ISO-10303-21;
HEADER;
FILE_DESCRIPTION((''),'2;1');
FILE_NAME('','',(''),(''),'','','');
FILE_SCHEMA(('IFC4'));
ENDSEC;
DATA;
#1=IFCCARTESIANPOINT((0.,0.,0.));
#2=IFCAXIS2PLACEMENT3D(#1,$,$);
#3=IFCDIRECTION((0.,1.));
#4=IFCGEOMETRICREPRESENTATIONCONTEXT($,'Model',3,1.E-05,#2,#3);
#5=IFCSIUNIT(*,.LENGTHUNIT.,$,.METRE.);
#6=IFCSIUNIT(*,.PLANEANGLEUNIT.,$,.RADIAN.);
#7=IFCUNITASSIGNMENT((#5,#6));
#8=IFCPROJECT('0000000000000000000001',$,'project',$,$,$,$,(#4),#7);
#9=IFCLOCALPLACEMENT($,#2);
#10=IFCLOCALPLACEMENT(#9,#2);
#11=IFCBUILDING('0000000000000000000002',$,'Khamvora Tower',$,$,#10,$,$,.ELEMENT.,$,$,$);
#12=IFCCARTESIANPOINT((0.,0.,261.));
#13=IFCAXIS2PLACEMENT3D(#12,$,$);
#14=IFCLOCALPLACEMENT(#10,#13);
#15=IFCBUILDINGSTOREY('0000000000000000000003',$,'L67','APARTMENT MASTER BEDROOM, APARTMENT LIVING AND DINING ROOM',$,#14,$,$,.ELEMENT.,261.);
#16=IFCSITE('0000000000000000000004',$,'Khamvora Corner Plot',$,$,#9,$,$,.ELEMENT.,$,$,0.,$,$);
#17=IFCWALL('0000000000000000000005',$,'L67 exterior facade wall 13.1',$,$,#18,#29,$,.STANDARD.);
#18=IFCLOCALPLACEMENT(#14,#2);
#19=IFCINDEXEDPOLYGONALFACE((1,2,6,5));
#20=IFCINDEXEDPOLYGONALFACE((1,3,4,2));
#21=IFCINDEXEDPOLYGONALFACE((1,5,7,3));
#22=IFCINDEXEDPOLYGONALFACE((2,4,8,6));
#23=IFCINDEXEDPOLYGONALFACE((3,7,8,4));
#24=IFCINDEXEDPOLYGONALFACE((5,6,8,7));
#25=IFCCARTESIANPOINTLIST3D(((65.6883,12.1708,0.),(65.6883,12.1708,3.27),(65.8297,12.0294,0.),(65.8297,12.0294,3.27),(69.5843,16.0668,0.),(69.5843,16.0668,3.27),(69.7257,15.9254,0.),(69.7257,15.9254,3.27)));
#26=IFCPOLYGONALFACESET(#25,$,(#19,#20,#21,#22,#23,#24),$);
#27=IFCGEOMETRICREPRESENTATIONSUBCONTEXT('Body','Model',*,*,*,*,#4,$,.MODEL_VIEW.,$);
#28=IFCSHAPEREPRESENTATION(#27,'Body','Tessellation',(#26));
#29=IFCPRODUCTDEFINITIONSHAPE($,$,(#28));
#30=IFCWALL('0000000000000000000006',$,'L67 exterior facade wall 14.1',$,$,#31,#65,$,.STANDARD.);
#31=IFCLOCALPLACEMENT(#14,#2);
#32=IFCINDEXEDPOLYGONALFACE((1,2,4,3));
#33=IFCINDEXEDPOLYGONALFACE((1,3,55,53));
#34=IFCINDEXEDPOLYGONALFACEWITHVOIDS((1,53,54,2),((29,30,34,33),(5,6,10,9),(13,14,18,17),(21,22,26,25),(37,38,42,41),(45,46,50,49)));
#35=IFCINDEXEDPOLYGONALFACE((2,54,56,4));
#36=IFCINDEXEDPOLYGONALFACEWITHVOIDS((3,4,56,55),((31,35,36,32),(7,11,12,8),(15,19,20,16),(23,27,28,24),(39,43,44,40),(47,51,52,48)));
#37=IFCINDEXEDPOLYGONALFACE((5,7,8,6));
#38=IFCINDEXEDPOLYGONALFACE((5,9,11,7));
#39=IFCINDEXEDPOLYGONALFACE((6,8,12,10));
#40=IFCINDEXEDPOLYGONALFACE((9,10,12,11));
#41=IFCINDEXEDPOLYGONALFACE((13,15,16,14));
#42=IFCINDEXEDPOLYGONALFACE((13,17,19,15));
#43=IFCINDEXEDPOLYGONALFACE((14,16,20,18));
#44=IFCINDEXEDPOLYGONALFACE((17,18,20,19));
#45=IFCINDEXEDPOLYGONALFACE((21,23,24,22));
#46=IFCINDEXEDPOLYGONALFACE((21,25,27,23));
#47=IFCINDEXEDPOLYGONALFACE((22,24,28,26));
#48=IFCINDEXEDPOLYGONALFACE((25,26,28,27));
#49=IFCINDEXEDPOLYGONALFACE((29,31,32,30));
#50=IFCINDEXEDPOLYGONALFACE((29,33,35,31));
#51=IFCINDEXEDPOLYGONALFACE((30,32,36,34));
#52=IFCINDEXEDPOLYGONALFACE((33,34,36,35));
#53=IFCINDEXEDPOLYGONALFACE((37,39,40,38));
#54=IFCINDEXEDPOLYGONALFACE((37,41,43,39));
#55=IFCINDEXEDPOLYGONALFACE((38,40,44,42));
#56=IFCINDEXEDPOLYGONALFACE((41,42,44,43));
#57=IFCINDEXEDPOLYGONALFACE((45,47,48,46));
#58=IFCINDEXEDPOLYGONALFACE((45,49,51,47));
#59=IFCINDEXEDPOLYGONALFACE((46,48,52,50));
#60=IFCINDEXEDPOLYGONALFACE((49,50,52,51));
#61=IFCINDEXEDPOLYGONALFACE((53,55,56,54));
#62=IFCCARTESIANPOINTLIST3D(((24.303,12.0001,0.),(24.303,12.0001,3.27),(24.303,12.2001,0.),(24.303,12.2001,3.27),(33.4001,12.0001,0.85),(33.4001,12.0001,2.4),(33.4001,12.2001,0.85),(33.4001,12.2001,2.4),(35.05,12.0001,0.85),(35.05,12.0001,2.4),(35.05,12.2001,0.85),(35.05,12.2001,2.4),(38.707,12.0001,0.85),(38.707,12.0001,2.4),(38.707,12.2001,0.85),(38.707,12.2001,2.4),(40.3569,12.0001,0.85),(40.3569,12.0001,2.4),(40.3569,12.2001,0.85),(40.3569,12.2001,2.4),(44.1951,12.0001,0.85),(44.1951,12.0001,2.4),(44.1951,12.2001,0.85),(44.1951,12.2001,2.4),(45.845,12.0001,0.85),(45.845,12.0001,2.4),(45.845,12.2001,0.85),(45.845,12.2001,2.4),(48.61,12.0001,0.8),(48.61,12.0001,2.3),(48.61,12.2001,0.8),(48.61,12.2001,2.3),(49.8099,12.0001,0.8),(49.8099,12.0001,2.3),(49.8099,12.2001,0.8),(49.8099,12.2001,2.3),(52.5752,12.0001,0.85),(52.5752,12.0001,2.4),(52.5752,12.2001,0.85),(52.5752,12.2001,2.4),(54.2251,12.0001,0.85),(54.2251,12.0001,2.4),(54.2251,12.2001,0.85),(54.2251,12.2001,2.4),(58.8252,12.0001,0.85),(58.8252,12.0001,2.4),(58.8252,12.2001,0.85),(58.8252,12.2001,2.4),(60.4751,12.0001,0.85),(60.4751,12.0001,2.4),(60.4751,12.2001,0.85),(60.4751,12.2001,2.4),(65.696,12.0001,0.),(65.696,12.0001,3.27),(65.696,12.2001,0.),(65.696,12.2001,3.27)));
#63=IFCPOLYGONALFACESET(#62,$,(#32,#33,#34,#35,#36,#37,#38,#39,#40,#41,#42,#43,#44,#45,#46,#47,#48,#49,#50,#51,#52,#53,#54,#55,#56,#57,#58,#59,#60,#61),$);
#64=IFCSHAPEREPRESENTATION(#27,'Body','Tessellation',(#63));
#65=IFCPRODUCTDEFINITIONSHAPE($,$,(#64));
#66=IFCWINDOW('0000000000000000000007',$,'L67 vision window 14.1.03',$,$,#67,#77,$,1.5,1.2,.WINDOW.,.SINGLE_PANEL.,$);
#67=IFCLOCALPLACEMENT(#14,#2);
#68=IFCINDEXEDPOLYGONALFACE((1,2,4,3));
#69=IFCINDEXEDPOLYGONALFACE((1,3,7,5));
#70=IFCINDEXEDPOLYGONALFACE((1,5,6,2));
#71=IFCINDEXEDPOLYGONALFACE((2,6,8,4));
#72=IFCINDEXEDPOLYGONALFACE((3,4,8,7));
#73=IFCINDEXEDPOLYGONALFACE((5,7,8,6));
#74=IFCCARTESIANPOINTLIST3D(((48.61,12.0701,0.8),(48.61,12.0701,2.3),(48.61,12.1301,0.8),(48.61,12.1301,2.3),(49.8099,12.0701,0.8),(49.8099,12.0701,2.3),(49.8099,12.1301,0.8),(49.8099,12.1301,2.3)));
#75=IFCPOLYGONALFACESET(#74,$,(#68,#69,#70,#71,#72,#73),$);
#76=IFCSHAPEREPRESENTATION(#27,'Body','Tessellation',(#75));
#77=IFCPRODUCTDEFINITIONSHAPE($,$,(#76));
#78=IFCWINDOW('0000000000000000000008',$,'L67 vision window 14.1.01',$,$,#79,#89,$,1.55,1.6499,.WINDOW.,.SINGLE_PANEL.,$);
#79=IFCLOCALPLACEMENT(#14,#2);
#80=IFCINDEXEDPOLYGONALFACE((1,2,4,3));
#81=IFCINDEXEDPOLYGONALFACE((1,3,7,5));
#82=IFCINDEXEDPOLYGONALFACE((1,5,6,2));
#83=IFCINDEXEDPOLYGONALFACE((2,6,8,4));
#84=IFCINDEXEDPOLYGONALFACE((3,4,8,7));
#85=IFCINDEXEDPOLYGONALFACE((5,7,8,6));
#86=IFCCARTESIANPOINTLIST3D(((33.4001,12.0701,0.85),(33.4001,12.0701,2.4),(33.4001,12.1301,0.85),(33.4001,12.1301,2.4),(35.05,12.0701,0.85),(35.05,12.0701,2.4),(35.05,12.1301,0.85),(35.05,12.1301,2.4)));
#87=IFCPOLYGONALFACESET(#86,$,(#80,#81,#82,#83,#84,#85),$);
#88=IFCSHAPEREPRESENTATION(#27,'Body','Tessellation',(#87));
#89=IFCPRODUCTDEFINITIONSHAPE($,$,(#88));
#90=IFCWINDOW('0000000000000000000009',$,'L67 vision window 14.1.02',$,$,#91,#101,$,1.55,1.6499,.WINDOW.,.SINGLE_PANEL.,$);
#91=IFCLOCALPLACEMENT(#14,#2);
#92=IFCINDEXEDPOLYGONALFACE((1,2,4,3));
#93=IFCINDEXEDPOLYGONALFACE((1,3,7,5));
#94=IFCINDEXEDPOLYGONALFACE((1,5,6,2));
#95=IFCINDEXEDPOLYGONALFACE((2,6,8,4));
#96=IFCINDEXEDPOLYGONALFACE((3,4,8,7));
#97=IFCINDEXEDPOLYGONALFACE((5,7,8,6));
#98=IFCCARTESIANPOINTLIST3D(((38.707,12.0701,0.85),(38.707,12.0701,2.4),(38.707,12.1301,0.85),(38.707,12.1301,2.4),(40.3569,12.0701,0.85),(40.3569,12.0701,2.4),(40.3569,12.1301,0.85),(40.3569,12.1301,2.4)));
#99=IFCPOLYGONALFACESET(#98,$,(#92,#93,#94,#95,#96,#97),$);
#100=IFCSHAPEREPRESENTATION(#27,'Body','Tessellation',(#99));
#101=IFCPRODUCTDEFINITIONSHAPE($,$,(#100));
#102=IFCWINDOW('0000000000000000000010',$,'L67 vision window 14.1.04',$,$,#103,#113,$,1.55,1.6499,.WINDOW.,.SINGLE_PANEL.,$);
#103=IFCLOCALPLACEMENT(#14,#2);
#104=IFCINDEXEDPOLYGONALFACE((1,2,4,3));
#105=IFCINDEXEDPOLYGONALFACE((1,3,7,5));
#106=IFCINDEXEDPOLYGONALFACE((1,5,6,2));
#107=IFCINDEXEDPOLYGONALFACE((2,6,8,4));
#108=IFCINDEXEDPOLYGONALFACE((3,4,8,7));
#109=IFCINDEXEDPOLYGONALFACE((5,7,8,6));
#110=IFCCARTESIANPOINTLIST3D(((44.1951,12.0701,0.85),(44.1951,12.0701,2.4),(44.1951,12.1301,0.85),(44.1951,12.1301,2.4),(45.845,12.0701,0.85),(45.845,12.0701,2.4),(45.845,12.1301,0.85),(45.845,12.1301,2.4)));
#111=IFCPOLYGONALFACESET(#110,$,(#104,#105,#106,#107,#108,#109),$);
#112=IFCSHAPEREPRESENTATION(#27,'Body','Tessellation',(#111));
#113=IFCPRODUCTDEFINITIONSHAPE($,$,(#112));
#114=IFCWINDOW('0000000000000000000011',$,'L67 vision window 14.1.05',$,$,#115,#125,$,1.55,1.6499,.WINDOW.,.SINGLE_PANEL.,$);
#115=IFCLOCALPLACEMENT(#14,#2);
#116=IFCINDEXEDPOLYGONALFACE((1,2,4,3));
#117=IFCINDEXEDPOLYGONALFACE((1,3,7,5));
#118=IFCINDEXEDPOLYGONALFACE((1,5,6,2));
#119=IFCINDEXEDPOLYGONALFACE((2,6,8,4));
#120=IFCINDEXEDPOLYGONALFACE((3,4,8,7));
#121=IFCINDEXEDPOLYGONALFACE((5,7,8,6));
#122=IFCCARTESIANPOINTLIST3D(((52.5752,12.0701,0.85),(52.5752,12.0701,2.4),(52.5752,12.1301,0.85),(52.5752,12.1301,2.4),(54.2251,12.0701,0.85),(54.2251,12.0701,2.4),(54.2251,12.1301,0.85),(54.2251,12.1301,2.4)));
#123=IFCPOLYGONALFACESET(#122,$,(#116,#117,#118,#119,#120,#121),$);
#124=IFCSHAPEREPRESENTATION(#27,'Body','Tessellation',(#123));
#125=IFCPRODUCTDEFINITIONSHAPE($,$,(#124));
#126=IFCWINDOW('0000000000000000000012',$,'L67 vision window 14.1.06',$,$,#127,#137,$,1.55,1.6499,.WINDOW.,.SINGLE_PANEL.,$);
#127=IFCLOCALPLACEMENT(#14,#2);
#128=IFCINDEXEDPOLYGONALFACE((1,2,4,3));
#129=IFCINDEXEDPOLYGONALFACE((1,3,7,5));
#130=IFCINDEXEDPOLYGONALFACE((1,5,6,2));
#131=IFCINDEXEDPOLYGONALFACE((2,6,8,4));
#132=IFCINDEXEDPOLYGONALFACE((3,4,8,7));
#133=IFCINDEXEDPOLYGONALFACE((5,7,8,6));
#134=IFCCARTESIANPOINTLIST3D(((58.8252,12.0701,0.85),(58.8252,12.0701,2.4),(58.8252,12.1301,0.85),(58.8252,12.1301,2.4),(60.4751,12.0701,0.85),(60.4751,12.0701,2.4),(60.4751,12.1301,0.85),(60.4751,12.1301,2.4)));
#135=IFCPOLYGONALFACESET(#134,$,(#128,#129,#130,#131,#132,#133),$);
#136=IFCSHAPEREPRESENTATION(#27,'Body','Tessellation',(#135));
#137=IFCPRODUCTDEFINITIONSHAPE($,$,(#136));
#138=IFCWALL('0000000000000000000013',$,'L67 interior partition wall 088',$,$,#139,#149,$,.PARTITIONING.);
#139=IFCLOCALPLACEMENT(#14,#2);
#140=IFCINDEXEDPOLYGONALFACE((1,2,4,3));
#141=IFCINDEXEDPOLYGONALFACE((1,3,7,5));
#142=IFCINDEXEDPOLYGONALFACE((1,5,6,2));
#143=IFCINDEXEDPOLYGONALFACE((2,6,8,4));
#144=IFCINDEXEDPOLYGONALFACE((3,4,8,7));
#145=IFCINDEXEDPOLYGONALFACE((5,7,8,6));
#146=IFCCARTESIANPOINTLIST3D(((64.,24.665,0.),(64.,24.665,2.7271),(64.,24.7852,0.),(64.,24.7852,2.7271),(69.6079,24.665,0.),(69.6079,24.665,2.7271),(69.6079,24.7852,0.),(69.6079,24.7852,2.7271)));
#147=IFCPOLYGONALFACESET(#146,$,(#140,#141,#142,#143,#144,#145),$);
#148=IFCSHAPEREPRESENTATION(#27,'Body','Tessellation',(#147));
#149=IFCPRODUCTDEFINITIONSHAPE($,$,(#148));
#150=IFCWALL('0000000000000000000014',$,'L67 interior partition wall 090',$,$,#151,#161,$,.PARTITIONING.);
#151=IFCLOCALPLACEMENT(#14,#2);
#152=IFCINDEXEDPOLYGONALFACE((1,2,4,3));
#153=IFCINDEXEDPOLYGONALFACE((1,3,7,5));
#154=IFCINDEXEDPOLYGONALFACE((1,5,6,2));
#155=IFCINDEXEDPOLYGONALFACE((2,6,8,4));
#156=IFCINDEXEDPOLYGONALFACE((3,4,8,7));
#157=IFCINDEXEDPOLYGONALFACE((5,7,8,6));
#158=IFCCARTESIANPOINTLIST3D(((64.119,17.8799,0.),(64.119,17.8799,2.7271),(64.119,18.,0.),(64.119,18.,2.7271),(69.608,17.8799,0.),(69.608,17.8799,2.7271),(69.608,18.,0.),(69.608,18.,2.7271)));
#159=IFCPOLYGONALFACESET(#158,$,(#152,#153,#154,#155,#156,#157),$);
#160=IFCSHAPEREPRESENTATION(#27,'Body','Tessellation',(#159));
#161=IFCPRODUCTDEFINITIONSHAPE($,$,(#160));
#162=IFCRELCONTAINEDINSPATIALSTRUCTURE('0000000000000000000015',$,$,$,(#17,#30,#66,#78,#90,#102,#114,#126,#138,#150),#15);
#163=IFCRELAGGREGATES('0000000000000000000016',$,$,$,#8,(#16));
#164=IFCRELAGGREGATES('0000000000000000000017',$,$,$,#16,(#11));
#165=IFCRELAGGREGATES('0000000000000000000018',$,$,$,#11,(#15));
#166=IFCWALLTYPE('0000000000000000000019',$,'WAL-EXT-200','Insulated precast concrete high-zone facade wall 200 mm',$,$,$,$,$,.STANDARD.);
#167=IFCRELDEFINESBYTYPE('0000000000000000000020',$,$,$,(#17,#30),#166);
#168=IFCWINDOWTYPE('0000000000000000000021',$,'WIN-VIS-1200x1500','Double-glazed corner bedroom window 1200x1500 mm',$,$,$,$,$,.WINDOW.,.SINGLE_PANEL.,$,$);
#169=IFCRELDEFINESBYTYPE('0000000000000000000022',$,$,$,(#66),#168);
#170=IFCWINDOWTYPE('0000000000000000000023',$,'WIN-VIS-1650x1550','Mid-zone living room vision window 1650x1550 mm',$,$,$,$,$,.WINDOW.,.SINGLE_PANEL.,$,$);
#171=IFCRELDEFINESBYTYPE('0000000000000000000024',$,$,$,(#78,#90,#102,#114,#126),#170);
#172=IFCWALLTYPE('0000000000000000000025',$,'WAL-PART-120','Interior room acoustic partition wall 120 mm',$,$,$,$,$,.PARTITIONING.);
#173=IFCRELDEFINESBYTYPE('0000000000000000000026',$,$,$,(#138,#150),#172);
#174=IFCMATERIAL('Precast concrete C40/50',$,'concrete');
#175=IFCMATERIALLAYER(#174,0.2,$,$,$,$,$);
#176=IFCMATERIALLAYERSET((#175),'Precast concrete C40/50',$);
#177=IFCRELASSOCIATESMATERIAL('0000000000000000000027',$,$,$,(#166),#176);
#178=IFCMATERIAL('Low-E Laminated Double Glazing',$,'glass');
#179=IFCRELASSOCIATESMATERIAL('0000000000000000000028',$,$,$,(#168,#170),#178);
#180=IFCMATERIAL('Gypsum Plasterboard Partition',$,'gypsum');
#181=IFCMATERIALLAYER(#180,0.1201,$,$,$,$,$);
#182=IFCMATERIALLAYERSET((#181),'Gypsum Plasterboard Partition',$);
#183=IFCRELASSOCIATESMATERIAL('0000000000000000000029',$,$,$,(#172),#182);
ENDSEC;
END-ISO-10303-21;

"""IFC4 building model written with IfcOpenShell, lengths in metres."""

from ifc_helpers import new_model, si_unit, direction, frame, frame_2d, origin, place, context, subcontext, project, spatial, rectangle, extrude, material, layer, layer_set, type_object, element, fill, save


model = new_model("IFC4")

# Units and contexts
model_context = context("Model", 3, precision=1e-05, world=origin(), true_north=direction((0.0, 1.0)))
body_context = subcontext(model_context, "Body", "Model", "MODEL_VIEW")
ifc_project = project(units=[si_unit("LENGTHUNIT", "METRE"), si_unit("PLANEANGLEUNIT", "RADIAN")], contexts=[model_context])

# Site, building, storey
site_placement = place(None, origin())
site = spatial("IfcSite", under=ifc_project, at=site_placement, Name="Khamvora Corner Plot", CompositionType="ELEMENT", RefElevation=0.0)
building_placement = place(site_placement, origin())
building = spatial("IfcBuilding", under=site, at=building_placement, Name="Khamvora Tower", CompositionType="ELEMENT")
storey_placement = place(building_placement, frame((0.0, 0.0, 261.0)))
storey = spatial("IfcBuildingStorey", under=building, at=storey_placement, Name="L67", Description="APARTMENT MASTER BEDROOM, APARTMENT LIVING AND DINING ROOM", CompositionType="ELEMENT", Elevation=261.0)

# Shared definitions
ifc_material_1 = material(Name="Precast concrete C40/50", Category="concrete")
ifc_layer_1 = layer(ifc_material_1, 0.2)
ifc_layer_set_1 = layer_set([ifc_layer_1], Name="Precast concrete C40/50")
wall_type_1 = type_object("IfcWallType", Name="WAL-EXT-200", Description="Insulated precast concrete high-zone facade wall 200 mm", PredefinedType="STANDARD", material=ifc_layer_set_1)
ifc_material_2 = material(Name="Low-E Laminated Double Glazing", Category="glass")

# Wall
wall_1_placement = place(storey_placement, frame((69.655, 15.9961, 0.0), z_axis=(0.0, 0.0, 1.0), x_axis=(-0.707107, -0.707107, 0.0)))
element("IfcWall", 1, at=wall_1_placement, inside=storey, type_object=wall_type_1, Name="L67 exterior facade wall 13.1", PredefinedType="STANDARD", context=body_context, shape_type="SweptSolid", body=[
    extrude(rectangle(XDim=5.5098, YDim=0.2, at=frame_2d((2.7549, 0.0))), origin(), (0.0, 0.0, 1.0), 3.27),
])

# Wall, openings, windows
wall_2_placement = place(storey_placement, frame((65.696, 12.1001, 0.0), z_axis=(0.0, 0.0, 1.0), x_axis=(-1.0, 0.0, 0.0)))
wall_2 = element("IfcWall", 2, at=wall_2_placement, inside=storey, type_object=wall_type_1, Name="L67 exterior facade wall 14.1", PredefinedType="STANDARD", context=body_context, shape_type="SweptSolid", body=[
    extrude(rectangle(XDim=41.3931, YDim=0.2, at=frame_2d((20.6965, 0.0))), origin(), (0.0, 0.0, 1.0), 3.27),
])
opening_1_placement = place(wall_2_placement, frame((30.646, 0.0, 0.8501)))
opening_1 = element("IfcOpeningElement", 3, at=opening_1_placement, cuts=wall_2, PredefinedType="OPENING", context=body_context, shape_type="SweptSolid", body=[
    extrude(rectangle(XDim=1.6499, YDim=1.55, at=frame_2d((0.825, 0.7749))), frame((0.0, 0.1099, 0.0), z_axis=(0.0, -1.0, 0.0), x_axis=(1.0, 0.0, 0.0)), (0.0, 0.0, 1.0), 0.22),
])
opening_2_placement = place(wall_2_placement, frame((25.3391, 0.0, 0.8501)))
opening_2 = element("IfcOpeningElement", 4, at=opening_2_placement, cuts=wall_2, PredefinedType="OPENING", context=body_context, shape_type="SweptSolid", body=[
    extrude(rectangle(XDim=1.6499, YDim=1.55, at=frame_2d((0.825, 0.7749))), frame((0.0, 0.1099, 0.0), z_axis=(0.0, -1.0, 0.0), x_axis=(1.0, 0.0, 0.0)), (0.0, 0.0, 1.0), 0.22),
])
opening_3_placement = place(wall_2_placement, frame((15.886, 0.0, 0.8)))
opening_3 = element("IfcOpeningElement", 5, at=opening_3_placement, cuts=wall_2, PredefinedType="OPENING", context=body_context, shape_type="SweptSolid", body=[
    extrude(rectangle(XDim=1.2, YDim=1.5, at=frame_2d((0.6001, 0.75))), frame((0.0, 0.1099, 0.0), z_axis=(0.0, -1.0, 0.0), x_axis=(1.0, 0.0, 0.0)), (0.0, 0.0, 1.0), 0.22),
])
opening_4_placement = place(wall_2_placement, frame((19.8511, 0.0, 0.8501)))
opening_4 = element("IfcOpeningElement", 6, at=opening_4_placement, cuts=wall_2, PredefinedType="OPENING", context=body_context, shape_type="SweptSolid", body=[
    extrude(rectangle(XDim=1.6499, YDim=1.55, at=frame_2d((0.825, 0.7749))), frame((0.0, 0.1099, 0.0), z_axis=(0.0, -1.0, 0.0), x_axis=(1.0, 0.0, 0.0)), (0.0, 0.0, 1.0), 0.22),
])
opening_5_placement = place(wall_2_placement, frame((11.4709, 0.0, 0.8501)))
opening_5 = element("IfcOpeningElement", 7, at=opening_5_placement, cuts=wall_2, PredefinedType="OPENING", context=body_context, shape_type="SweptSolid", body=[
    extrude(rectangle(XDim=1.6499, YDim=1.55, at=frame_2d((0.825, 0.7749))), frame((0.0, 0.1099, 0.0), z_axis=(0.0, -1.0, 0.0), x_axis=(1.0, 0.0, 0.0)), (0.0, 0.0, 1.0), 0.22),
])
opening_6_placement = place(wall_2_placement, frame((5.2209, 0.0, 0.8501)))
opening_6 = element("IfcOpeningElement", 8, at=opening_6_placement, cuts=wall_2, PredefinedType="OPENING", context=body_context, shape_type="SweptSolid", body=[
    extrude(rectangle(XDim=1.6499, YDim=1.55, at=frame_2d((0.825, 0.7749))), frame((0.0, 0.1099, 0.0), z_axis=(0.0, -1.0, 0.0), x_axis=(1.0, 0.0, 0.0)), (0.0, 0.0, 1.0), 0.22),
])
window_type_1 = type_object("IfcWindowType", Name="WIN-VIS-1200x1500", Description="Double-glazed corner bedroom window 1200x1500 mm", PartitioningType="SINGLE_PANEL", PredefinedType="WINDOW", material=ifc_material_2)
window_1_placement = place(opening_3_placement, origin())
window_1 = element("IfcWindow", 9, at=window_1_placement, inside=storey, type_object=window_type_1, Name="L67 vision window 14.1.03", OverallHeight=1.5, OverallWidth=1.2, PartitioningType="SINGLE_PANEL", PredefinedType="WINDOW", context=body_context, shape_type="SweptSolid", body=[
    extrude(rectangle(XDim=1.2, YDim=1.5, at=frame_2d((0.6001, 0.75))), frame((0.0, 0.03, 0.0), z_axis=(0.0, -1.0, 0.0), x_axis=(1.0, 0.0, 0.0)), (0.0, 0.0, 1.0), 0.0601),
])
fill(opening_3, window_1)
window_type_2 = type_object("IfcWindowType", Name="WIN-VIS-1650x1550", Description="Mid-zone living room vision window 1650x1550 mm", PartitioningType="SINGLE_PANEL", PredefinedType="WINDOW", material=ifc_material_2)
window_2_placement = place(opening_1_placement, origin())
window_2 = element("IfcWindow", 10, at=window_2_placement, inside=storey, type_object=window_type_2, Name="L67 vision window 14.1.01", OverallHeight=1.55, OverallWidth=1.6499, PartitioningType="SINGLE_PANEL", PredefinedType="WINDOW", context=body_context, shape_type="SweptSolid", body=[
    extrude(rectangle(XDim=1.6499, YDim=1.55, at=frame_2d((0.825, 0.7749))), frame((0.0, 0.03, 0.0), z_axis=(0.0, -1.0, 0.0), x_axis=(1.0, 0.0, 0.0)), (0.0, 0.0, 1.0), 0.0601),
])
fill(opening_1, window_2)
window_3_placement = place(opening_2_placement, origin())
window_3 = element("IfcWindow", 11, at=window_3_placement, inside=storey, type_object=window_type_2, Name="L67 vision window 14.1.02", OverallHeight=1.55, OverallWidth=1.6499, PartitioningType="SINGLE_PANEL", PredefinedType="WINDOW", context=body_context, shape_type="SweptSolid", body=[
    extrude(rectangle(XDim=1.6499, YDim=1.55, at=frame_2d((0.825, 0.7749))), frame((0.0, 0.03, 0.0), z_axis=(0.0, -1.0, 0.0), x_axis=(1.0, 0.0, 0.0)), (0.0, 0.0, 1.0), 0.0601),
])
fill(opening_2, window_3)
window_4_placement = place(opening_4_placement, origin())
window_4 = element("IfcWindow", 12, at=window_4_placement, inside=storey, type_object=window_type_2, Name="L67 vision window 14.1.04", OverallHeight=1.55, OverallWidth=1.6499, PartitioningType="SINGLE_PANEL", PredefinedType="WINDOW", context=body_context, shape_type="SweptSolid", body=[
    extrude(rectangle(XDim=1.6499, YDim=1.55, at=frame_2d((0.825, 0.7749))), frame((0.0, 0.03, 0.0), z_axis=(0.0, -1.0, 0.0), x_axis=(1.0, 0.0, 0.0)), (0.0, 0.0, 1.0), 0.0601),
])
fill(opening_4, window_4)
window_5_placement = place(opening_5_placement, origin())
window_5 = element("IfcWindow", 13, at=window_5_placement, inside=storey, type_object=window_type_2, Name="L67 vision window 14.1.05", OverallHeight=1.55, OverallWidth=1.6499, PartitioningType="SINGLE_PANEL", PredefinedType="WINDOW", context=body_context, shape_type="SweptSolid", body=[
    extrude(rectangle(XDim=1.6499, YDim=1.55, at=frame_2d((0.825, 0.7749))), frame((0.0, 0.03, 0.0), z_axis=(0.0, -1.0, 0.0), x_axis=(1.0, 0.0, 0.0)), (0.0, 0.0, 1.0), 0.0601),
])
fill(opening_5, window_5)
window_6_placement = place(opening_6_placement, origin())
window_6 = element("IfcWindow", 14, at=window_6_placement, inside=storey, type_object=window_type_2, Name="L67 vision window 14.1.06", OverallHeight=1.55, OverallWidth=1.6499, PartitioningType="SINGLE_PANEL", PredefinedType="WINDOW", context=body_context, shape_type="SweptSolid", body=[
    extrude(rectangle(XDim=1.6499, YDim=1.55, at=frame_2d((0.825, 0.7749))), frame((0.0, 0.03, 0.0), z_axis=(0.0, -1.0, 0.0), x_axis=(1.0, 0.0, 0.0)), (0.0, 0.0, 1.0), 0.0601),
])
fill(opening_6, window_6)

# Walls
ifc_material_3 = material(Name="Gypsum Plasterboard Partition", Category="gypsum")
ifc_layer_2 = layer(ifc_material_3, 0.1201)
ifc_layer_set_2 = layer_set([ifc_layer_2], Name="Gypsum Plasterboard Partition")
wall_type_2 = type_object("IfcWallType", Name="WAL-PART-120", Description="Interior room acoustic partition wall 120 mm", PredefinedType="PARTITIONING", material=ifc_layer_set_2)
wall_3_placement = place(storey_placement, frame((69.6079, 24.7251, 0.0), z_axis=(0.0, 0.0, 1.0), x_axis=(-1.0, 0.0, 0.0)))
element("IfcWall", 15, at=wall_3_placement, inside=storey, type_object=wall_type_2, Name="L67 interior partition wall 088", PredefinedType="PARTITIONING", context=body_context, shape_type="SweptSolid", body=[
    extrude(rectangle(XDim=5.6079, YDim=0.1201, at=frame_2d((2.804, 0.0))), origin(), (0.0, 0.0, 1.0), 2.7271),
])
wall_4_placement = place(storey_placement, frame((64.1189, 17.9399, 0.0), z_axis=(0.0, 0.0, 1.0), x_axis=(1.0, 0.0, 0.0)))
element("IfcWall", 16, at=wall_4_placement, inside=storey, type_object=wall_type_2, Name="L67 interior partition wall 090", PredefinedType="PARTITIONING", context=body_context, shape_type="SweptSolid", body=[
    extrude(rectangle(XDim=5.489, YDim=0.1201, at=frame_2d((2.7446, 0.0))), origin(), (0.0, 0.0, 1.0), 2.7271),
])

save(model, "model.ifc")
